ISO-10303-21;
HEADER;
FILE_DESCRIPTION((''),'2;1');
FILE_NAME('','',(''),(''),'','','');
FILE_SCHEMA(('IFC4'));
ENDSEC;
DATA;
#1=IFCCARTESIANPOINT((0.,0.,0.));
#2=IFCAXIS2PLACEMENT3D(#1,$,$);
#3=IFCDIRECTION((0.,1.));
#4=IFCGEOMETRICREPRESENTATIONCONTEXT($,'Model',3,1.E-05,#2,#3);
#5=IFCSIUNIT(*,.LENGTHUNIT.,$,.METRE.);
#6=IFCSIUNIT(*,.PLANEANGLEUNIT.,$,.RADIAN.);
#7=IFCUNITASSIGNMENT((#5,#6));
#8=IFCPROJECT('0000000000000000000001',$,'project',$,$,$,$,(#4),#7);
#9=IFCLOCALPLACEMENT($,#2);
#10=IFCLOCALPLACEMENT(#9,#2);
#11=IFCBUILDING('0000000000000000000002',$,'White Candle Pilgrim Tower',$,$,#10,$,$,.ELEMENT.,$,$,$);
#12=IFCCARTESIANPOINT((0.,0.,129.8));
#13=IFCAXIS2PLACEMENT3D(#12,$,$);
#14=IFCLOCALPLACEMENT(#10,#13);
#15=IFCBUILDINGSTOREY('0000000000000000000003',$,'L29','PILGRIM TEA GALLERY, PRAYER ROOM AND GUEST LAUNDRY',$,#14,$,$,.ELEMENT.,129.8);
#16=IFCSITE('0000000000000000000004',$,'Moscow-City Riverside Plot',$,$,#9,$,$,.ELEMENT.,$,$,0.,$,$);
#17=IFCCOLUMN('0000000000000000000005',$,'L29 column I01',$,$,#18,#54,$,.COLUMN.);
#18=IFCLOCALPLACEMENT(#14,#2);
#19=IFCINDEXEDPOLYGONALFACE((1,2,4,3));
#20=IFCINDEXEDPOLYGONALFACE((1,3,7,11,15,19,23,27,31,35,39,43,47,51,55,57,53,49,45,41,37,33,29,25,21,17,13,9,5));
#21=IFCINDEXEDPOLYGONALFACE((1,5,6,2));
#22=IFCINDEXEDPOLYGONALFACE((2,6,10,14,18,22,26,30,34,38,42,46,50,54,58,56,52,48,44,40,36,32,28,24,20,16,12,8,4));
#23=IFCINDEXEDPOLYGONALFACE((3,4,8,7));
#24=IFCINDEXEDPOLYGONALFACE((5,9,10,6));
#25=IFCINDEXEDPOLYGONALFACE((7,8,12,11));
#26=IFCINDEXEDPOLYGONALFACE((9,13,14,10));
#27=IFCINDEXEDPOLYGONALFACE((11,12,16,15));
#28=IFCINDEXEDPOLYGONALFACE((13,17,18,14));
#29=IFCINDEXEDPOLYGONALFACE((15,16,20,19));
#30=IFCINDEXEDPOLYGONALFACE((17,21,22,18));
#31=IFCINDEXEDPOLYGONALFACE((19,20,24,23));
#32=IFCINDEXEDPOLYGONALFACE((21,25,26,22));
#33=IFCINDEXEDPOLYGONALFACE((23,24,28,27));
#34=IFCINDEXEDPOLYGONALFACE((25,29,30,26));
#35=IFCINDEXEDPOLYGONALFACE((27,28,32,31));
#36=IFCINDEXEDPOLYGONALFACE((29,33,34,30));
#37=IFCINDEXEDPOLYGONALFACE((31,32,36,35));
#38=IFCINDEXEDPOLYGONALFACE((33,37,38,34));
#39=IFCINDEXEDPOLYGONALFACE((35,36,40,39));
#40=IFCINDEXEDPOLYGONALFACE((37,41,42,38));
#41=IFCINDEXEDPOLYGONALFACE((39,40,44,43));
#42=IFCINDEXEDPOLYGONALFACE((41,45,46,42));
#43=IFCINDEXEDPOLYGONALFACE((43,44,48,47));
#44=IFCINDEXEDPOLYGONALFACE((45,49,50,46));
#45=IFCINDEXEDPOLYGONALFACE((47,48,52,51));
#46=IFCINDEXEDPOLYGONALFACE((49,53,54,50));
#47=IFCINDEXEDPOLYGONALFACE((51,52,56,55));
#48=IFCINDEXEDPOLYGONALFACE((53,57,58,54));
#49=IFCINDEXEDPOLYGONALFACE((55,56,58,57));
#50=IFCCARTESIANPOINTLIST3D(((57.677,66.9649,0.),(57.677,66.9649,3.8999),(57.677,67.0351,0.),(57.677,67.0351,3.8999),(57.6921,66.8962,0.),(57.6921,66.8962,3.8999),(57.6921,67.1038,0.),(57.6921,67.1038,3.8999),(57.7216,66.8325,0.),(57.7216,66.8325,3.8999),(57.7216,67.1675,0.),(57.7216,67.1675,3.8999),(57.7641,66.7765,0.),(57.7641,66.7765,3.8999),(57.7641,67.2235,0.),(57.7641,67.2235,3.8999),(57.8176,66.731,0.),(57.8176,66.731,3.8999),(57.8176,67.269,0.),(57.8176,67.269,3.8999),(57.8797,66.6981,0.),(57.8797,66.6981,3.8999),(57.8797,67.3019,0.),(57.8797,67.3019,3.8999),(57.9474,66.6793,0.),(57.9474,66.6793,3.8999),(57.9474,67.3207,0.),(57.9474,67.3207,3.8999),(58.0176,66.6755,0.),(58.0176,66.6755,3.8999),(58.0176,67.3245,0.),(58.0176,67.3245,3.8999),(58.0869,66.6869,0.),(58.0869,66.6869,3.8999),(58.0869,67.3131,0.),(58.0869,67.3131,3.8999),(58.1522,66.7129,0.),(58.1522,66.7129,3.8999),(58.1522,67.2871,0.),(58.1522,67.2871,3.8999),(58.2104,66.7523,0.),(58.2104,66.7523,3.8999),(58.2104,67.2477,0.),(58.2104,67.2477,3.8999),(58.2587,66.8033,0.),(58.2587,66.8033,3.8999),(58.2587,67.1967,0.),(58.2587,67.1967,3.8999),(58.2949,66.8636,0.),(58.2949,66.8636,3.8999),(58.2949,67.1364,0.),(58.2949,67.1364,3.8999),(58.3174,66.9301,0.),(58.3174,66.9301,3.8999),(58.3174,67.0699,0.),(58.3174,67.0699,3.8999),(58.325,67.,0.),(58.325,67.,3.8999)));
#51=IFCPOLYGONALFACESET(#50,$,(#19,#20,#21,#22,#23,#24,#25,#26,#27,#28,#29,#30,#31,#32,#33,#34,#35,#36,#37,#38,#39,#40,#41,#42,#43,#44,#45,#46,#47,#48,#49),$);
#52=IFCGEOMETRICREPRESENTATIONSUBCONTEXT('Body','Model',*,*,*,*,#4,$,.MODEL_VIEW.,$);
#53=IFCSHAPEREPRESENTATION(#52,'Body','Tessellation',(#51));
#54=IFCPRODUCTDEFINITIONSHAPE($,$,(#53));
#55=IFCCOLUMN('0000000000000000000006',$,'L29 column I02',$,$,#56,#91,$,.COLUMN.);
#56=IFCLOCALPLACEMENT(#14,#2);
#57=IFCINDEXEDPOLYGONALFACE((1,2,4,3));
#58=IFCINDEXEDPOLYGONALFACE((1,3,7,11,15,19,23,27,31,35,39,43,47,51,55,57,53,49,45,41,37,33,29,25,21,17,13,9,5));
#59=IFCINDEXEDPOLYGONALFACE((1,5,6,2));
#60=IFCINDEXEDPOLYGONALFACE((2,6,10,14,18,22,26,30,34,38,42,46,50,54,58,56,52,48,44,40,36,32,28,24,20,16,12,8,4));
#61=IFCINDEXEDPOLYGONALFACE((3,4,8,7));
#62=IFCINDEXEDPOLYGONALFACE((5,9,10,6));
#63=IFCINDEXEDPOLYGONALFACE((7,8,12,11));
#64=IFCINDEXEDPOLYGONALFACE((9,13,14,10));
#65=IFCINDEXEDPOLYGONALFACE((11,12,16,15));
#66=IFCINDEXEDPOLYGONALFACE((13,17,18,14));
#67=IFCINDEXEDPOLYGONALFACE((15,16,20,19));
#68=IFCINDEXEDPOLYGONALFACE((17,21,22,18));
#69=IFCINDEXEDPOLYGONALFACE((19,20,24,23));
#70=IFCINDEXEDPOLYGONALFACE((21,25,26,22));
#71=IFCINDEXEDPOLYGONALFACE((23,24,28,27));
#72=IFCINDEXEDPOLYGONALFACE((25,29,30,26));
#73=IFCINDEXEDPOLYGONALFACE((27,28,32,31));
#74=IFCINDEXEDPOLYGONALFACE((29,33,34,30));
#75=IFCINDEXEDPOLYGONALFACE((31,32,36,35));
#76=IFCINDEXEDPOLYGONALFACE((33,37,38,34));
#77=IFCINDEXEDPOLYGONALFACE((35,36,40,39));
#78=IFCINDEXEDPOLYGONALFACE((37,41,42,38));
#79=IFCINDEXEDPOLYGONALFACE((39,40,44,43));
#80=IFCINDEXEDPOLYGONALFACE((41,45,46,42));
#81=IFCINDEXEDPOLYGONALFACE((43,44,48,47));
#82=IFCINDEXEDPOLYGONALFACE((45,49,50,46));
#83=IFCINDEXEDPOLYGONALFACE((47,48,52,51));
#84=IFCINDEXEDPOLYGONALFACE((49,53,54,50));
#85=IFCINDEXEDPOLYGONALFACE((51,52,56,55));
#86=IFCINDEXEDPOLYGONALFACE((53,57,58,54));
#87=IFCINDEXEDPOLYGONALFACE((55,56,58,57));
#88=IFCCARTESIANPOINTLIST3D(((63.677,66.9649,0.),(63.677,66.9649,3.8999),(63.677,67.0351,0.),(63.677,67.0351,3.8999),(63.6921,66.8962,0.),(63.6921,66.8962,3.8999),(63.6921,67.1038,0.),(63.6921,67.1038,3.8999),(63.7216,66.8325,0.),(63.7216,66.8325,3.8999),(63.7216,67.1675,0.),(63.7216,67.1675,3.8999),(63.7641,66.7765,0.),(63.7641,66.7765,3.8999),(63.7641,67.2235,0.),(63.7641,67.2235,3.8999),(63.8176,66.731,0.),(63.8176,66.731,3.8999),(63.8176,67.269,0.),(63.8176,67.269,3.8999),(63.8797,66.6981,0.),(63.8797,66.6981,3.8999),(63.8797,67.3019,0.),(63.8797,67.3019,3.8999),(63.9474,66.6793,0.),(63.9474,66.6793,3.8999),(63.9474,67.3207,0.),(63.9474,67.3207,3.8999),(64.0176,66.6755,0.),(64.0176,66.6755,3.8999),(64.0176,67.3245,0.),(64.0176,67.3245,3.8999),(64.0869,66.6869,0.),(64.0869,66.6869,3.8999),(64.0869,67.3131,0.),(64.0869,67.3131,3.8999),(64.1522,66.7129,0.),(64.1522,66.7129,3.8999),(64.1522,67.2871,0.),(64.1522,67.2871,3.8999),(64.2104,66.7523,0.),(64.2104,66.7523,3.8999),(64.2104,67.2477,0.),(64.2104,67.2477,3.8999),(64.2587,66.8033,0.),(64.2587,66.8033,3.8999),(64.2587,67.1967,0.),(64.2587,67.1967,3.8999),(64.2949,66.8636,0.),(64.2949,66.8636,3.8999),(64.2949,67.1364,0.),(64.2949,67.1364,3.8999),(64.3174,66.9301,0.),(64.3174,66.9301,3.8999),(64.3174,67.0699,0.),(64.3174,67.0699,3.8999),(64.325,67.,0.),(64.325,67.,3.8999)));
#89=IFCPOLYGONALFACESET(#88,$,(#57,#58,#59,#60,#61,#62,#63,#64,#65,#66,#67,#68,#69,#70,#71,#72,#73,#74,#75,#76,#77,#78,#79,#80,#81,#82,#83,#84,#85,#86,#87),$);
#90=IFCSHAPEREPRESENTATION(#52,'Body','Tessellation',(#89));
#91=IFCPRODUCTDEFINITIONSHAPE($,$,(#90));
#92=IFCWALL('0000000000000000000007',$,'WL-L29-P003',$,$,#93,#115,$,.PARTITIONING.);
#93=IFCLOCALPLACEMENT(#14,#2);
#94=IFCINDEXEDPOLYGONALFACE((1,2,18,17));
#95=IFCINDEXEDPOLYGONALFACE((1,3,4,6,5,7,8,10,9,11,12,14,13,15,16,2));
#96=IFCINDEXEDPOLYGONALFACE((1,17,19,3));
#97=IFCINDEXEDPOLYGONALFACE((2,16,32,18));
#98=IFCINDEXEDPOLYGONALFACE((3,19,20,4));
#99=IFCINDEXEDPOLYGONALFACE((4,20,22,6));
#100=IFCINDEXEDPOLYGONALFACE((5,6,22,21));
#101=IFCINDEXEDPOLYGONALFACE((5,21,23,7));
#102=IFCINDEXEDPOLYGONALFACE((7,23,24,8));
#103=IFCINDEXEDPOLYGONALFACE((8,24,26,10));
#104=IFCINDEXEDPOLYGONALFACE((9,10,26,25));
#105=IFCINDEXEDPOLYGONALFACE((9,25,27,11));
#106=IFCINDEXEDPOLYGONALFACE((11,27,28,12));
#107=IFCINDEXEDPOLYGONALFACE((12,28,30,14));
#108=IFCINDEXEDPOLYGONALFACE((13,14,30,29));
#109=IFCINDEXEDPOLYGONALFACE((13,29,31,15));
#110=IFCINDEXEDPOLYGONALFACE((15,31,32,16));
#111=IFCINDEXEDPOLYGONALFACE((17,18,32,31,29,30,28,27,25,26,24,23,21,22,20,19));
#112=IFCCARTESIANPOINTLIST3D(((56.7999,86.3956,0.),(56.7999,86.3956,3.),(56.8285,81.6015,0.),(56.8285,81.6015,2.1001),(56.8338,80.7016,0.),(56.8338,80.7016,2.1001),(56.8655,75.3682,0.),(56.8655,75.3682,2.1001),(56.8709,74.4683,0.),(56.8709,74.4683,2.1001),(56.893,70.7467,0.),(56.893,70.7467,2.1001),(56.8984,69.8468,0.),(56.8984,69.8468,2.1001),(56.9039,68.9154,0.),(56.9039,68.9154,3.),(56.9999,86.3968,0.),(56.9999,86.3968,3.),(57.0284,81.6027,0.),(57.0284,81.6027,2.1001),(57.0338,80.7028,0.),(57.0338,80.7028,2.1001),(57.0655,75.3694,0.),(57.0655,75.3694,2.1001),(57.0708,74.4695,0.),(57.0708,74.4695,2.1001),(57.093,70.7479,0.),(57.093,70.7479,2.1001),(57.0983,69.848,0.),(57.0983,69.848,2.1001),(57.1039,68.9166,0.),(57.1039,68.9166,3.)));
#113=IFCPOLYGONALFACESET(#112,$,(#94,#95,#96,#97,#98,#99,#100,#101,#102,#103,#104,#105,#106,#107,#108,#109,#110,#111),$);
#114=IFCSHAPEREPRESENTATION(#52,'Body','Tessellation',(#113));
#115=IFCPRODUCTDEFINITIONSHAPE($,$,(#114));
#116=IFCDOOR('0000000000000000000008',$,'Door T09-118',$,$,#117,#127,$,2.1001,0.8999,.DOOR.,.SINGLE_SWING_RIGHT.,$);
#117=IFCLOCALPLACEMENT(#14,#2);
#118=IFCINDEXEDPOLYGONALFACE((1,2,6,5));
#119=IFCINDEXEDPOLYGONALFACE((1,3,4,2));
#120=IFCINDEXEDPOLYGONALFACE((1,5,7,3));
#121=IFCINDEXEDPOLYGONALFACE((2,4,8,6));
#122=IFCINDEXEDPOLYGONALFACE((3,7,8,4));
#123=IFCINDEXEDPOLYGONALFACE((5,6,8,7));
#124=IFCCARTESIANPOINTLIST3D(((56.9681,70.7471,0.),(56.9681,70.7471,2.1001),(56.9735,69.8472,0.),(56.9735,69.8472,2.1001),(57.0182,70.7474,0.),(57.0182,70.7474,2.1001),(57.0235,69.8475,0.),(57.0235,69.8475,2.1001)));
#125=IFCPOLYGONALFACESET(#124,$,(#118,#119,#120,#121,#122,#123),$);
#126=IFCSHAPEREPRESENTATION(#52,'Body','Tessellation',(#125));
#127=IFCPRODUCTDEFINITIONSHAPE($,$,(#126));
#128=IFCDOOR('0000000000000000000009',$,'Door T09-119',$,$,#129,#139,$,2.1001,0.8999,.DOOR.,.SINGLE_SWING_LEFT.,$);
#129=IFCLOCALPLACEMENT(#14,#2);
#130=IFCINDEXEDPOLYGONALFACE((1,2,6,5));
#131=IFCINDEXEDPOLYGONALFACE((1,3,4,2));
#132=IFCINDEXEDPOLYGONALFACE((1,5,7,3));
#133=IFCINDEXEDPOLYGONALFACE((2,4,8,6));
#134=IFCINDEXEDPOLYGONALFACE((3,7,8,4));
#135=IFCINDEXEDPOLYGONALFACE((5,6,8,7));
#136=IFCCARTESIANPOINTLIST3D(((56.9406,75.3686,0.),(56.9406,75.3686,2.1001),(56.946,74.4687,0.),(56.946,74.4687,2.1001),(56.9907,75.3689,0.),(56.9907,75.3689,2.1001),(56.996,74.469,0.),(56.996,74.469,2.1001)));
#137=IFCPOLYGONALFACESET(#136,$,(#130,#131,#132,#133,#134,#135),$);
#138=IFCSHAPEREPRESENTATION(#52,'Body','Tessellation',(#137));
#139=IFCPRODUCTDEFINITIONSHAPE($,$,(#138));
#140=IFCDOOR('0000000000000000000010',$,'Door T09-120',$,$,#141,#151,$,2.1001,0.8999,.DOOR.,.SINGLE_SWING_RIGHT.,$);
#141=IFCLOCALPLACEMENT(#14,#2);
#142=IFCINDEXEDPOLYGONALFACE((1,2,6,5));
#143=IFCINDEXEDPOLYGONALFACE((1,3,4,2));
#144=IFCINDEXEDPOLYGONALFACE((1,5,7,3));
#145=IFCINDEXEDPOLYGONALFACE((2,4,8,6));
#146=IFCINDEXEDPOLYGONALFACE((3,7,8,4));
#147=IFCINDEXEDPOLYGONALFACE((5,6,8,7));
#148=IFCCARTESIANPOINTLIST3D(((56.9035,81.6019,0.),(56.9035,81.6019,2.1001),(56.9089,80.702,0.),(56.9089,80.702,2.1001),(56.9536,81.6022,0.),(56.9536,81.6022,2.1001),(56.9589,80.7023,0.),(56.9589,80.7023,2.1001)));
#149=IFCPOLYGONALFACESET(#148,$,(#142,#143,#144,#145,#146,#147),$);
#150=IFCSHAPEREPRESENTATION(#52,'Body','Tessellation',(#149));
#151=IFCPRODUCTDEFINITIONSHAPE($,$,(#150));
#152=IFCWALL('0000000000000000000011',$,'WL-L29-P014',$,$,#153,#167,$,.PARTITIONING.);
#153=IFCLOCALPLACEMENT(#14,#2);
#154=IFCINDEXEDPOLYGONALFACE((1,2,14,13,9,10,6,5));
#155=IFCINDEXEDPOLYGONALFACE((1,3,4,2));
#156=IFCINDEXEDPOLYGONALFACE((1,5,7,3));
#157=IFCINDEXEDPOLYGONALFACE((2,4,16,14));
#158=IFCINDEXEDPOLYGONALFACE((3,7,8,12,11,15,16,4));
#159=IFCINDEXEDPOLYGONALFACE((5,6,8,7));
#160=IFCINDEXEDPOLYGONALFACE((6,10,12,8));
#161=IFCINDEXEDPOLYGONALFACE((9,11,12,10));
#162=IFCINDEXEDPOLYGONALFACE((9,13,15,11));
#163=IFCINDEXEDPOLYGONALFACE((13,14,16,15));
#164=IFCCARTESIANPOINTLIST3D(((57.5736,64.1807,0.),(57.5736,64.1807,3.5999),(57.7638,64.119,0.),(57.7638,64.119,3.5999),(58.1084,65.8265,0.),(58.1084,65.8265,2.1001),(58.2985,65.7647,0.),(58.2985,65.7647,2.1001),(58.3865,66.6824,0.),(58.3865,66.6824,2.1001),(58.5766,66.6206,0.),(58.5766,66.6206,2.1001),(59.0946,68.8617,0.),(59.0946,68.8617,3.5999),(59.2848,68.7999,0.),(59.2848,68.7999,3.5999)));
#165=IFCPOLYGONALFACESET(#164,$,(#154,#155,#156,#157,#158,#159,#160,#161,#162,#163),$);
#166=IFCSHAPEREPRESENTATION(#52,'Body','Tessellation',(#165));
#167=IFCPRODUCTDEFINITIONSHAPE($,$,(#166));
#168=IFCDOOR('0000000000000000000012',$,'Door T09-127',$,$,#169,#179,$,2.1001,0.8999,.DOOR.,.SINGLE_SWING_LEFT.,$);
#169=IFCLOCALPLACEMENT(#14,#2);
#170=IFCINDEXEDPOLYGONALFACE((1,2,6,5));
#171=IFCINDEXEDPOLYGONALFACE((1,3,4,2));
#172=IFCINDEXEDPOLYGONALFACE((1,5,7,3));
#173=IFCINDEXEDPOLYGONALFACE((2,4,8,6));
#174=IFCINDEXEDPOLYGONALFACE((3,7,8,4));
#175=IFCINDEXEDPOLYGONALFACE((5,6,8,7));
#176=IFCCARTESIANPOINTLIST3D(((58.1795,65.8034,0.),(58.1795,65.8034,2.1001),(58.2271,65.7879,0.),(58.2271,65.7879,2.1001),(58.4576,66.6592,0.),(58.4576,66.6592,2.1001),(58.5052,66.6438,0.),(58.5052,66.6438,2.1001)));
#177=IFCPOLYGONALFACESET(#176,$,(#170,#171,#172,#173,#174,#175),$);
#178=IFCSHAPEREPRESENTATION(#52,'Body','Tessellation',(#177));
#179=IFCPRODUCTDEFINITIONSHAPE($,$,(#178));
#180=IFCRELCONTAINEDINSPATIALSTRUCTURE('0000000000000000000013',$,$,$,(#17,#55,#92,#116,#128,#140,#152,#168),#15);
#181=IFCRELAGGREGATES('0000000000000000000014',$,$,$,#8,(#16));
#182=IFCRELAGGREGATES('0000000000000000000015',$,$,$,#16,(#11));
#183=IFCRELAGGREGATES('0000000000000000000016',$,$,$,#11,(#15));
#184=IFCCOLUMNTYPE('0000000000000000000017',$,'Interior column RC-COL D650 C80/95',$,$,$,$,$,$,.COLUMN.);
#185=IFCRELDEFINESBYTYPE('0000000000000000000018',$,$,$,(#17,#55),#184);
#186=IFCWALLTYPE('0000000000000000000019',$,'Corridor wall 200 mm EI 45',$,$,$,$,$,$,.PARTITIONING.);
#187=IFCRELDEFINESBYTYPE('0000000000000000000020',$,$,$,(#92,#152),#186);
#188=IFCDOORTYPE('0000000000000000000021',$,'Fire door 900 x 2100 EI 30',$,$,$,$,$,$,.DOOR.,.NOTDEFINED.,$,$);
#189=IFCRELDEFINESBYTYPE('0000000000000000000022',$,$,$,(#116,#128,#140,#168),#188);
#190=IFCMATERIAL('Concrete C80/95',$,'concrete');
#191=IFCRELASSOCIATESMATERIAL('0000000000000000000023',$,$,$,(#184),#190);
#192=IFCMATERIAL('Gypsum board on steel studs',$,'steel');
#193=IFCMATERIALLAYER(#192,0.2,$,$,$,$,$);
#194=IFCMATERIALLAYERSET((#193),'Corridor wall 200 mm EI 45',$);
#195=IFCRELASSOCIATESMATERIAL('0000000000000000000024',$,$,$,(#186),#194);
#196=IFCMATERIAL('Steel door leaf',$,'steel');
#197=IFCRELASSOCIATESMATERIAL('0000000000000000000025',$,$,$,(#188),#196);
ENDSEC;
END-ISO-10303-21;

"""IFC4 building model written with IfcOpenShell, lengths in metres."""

from ifc_helpers import new_model, si_unit, direction, frame, frame_2d, origin, origin_2d, place, context, subcontext, project, spatial, rectangle, circle, extrude, material, layer, layer_set, material_profile, profile_set, type_object, element, fill, save


model = new_model("IFC4")

# Units and contexts
model_context = context("Model", 3, precision=1e-05, world=origin(), true_north=direction((0.0, 1.0)))
body_context = subcontext(model_context, "Body", "Model", "MODEL_VIEW")
ifc_project = project(units=[si_unit("LENGTHUNIT", "METRE"), si_unit("PLANEANGLEUNIT", "RADIAN")], contexts=[model_context])

# Site, building, storey
site_placement = place(None, origin())
site = spatial("IfcSite", under=ifc_project, at=site_placement, Name="Moscow-City Riverside Plot", CompositionType="ELEMENT", RefElevation=0.0)
building_placement = place(site_placement, origin())
building = spatial("IfcBuilding", under=site, at=building_placement, Name="White Candle Pilgrim Tower", CompositionType="ELEMENT")
storey_placement = place(building_placement, frame((0.0, 0.0, 129.8)))
storey = spatial("IfcBuildingStorey", under=building, at=storey_placement, Name="L29", Description="PILGRIM TEA GALLERY, PRAYER ROOM AND GUEST LAUNDRY", CompositionType="ELEMENT", Elevation=129.8)

# Columns
ifc_material_1 = material(Name="Concrete C80/95", Category="concrete")
ifc_material_profile = material_profile(ifc_material_1, circle(Radius=0.325, at=origin_2d()), Name="RC-COL D650")
ifc_profile_set = profile_set([ifc_material_profile], Name="Concrete C80/95")
column_type = type_object("IfcColumnType", Name="Interior column RC-COL D650 C80/95", PredefinedType="COLUMN", material=ifc_profile_set)
for number, where, z_axis, x_axis, name in (
    (1, (58.0, 67.0, 0.0), (0.0, 0.0, 1.0), (1.0, 0.0, 0.0), "L29 column I01"),
    (2, (64.0, 67.0, 0.0), (0.0, 0.0, 1.0), (1.0, 0.0, 0.0), "L29 column I02"),
):
    element("IfcColumn", number, at=place(storey_placement, frame(where, z_axis=z_axis, x_axis=x_axis)), inside=storey, type_object=column_type, Name=name, PredefinedType="COLUMN", context=body_context, shape_type="SweptSolid", body=[
        extrude(circle(Radius=0.325, at=origin_2d()), origin(), (0.0, 0.0, 1.0), 3.8999),
    ])

# Wall, openings, doors
ifc_material_2 = material(Name="Gypsum board on steel studs", Category="steel")
ifc_layer_1 = layer(ifc_material_2, 0.2)
ifc_layer_set_1 = layer_set([ifc_layer_1], Name="Corridor wall 200 mm EI 45")
wall_type_1 = type_object("IfcWallType", Name="Corridor wall 200 mm EI 45", PredefinedType="PARTITIONING", material=ifc_layer_set_1)
wall_1_placement = place(storey_placement, frame((57.0039, 68.916, 0.0), z_axis=(0.0, 0.0, 1.0), x_axis=(-0.00595, 0.999982, 0.0)))
wall_1 = element("IfcWall", 3, at=wall_1_placement, inside=storey, type_object=wall_type_1, Name="WL-L29-P003", PredefinedType="PARTITIONING", context=body_context, shape_type="SweptSolid", body=[
    extrude(rectangle(XDim=17.4805, YDim=0.2, at=frame_2d((8.7402, 0.0))), origin(), (0.0, 0.0, 1.0), 3.0),
])
opening_1_placement = place(wall_1_placement, frame((0.9314, 0.0, 0.0)))
opening_1 = element("IfcOpeningElement", 4, at=opening_1_placement, cuts=wall_1, PredefinedType="OPENING", context=body_context, shape_type="SweptSolid", body=[
    extrude(rectangle(XDim=0.8999, YDim=2.1001, at=frame_2d((0.45, 1.05))), frame((0.0, 0.1099, 0.0), z_axis=(0.0, -1.0, 0.0), x_axis=(1.0, 0.0, 0.0)), (0.0, 0.0, 1.0), 0.22),
])
opening_2_placement = place(wall_1_placement, frame((5.553, 0.0, 0.0)))
opening_2 = element("IfcOpeningElement", 5, at=opening_2_placement, cuts=wall_1, PredefinedType="OPENING", context=body_context, shape_type="SweptSolid", body=[
    extrude(rectangle(XDim=0.8999, YDim=2.1001, at=frame_2d((0.45, 1.05))), frame((0.0, 0.1099, 0.0), z_axis=(0.0, -1.0, 0.0), x_axis=(1.0, 0.0, 0.0)), (0.0, 0.0, 1.0), 0.22),
])
opening_3_placement = place(wall_1_placement, frame((11.7864, 0.0, 0.0)))
opening_3 = element("IfcOpeningElement", 6, at=opening_3_placement, cuts=wall_1, PredefinedType="OPENING", context=body_context, shape_type="SweptSolid", body=[
    extrude(rectangle(XDim=0.8999, YDim=2.1001, at=frame_2d((0.45, 1.05))), frame((0.0, 0.1099, 0.0), z_axis=(0.0, -1.0, 0.0), x_axis=(1.0, 0.0, 0.0)), (0.0, 0.0, 1.0), 0.22),
])
ifc_material_3 = material(Name="Steel door leaf", Category="steel")
door_type_1 = type_object("IfcDoorType", Name="Fire door 900 x 2100 EI 30", OperationType="NOTDEFINED", PredefinedType="DOOR", material=ifc_material_3)
door_1_placement = place(opening_1_placement, origin())
door_1 = element("IfcDoor", 7, at=door_1_placement, inside=storey, type_object=door_type_1, Name="Door T09-118", OperationType="SINGLE_SWING_RIGHT", OverallHeight=2.1001, OverallWidth=0.8999, PredefinedType="DOOR", context=body_context, shape_type="SweptSolid", body=[
    extrude(rectangle(XDim=0.8999, YDim=2.1001, at=frame_2d((0.45, 1.05))), frame((0.0, 0.0249, 0.0), z_axis=(0.0, -1.0, 0.0), x_axis=(1.0, 0.0, 0.0)), (0.0, 0.0, 1.0), 0.05),
])
fill(opening_1, door_1)
door_2_placement = place(opening_2_placement, origin())
door_2 = element("IfcDoor", 8, at=door_2_placement, inside=storey, type_object=door_type_1, Name="Door T09-119", OperationType="SINGLE_SWING_LEFT", OverallHeight=2.1001, OverallWidth=0.8999, PredefinedType="DOOR", context=body_context, shape_type="SweptSolid", body=[
    extrude(rectangle(XDim=0.8999, YDim=2.1001, at=frame_2d((0.45, 1.05))), frame((0.0, 0.0249, 0.0), z_axis=(0.0, -1.0, 0.0), x_axis=(1.0, 0.0, 0.0)), (0.0, 0.0, 1.0), 0.05),
])
fill(opening_2, door_2)
door_3_placement = place(opening_3_placement, origin())
door_3 = element("IfcDoor", 9, at=door_3_placement, inside=storey, type_object=door_type_1, Name="Door T09-120", OperationType="SINGLE_SWING_RIGHT", OverallHeight=2.1001, OverallWidth=0.8999, PredefinedType="DOOR", context=body_context, shape_type="SweptSolid", body=[
    extrude(rectangle(XDim=0.8999, YDim=2.1001, at=frame_2d((0.45, 1.05))), frame((0.0, 0.0249, 0.0), z_axis=(0.0, -1.0, 0.0), x_axis=(1.0, 0.0, 0.0)), (0.0, 0.0, 1.0), 0.05),
])
fill(opening_3, door_3)

# Wall, opening, door
wall_2_placement = place(storey_placement, frame((59.1897, 68.8308, 0.0), z_axis=(0.0, 0.0, 1.0), x_axis=(-0.309031, -0.951052, 0.0)))
wall_2 = element("IfcWall", 10, at=wall_2_placement, inside=storey, type_object=wall_type_1, Name="WL-L29-P014", PredefinedType="PARTITIONING", context=body_context, shape_type="SweptSolid", body=[
    extrude(rectangle(XDim=4.9219, YDim=0.2, at=frame_2d((2.4609, 0.0))), origin(), (0.0, 0.0, 1.0), 3.5999),
])
opening_4_placement = place(wall_2_placement, frame((2.2915, 0.0, 0.0)))
opening_4 = element("IfcOpeningElement", 11, at=opening_4_placement, cuts=wall_2, PredefinedType="OPENING", context=body_context, shape_type="SweptSolid", body=[
    extrude(rectangle(XDim=0.8999, YDim=2.1001, at=frame_2d((0.45, 1.05))), frame((0.0, 0.1099, 0.0), z_axis=(0.0, -1.0, 0.0), x_axis=(1.0, 0.0, 0.0)), (0.0, 0.0, 1.0), 0.22),
])
door_4_placement = place(opening_4_placement, origin())
door_4 = element("IfcDoor", 12, at=door_4_placement, inside=storey, type_object=door_type_1, Name="Door T09-127", OperationType="SINGLE_SWING_LEFT", OverallHeight=2.1001, OverallWidth=0.8999, PredefinedType="DOOR", context=body_context, shape_type="SweptSolid", body=[
    extrude(rectangle(XDim=0.8999, YDim=2.1001, at=frame_2d((0.45, 1.05))), frame((0.0, 0.0249, 0.0), z_axis=(0.0, -1.0, 0.0), x_axis=(1.0, 0.0, 0.0)), (0.0, 0.0, 1.0), 0.05),
])
fill(opening_4, door_4)

save(model, "model.ifc")
